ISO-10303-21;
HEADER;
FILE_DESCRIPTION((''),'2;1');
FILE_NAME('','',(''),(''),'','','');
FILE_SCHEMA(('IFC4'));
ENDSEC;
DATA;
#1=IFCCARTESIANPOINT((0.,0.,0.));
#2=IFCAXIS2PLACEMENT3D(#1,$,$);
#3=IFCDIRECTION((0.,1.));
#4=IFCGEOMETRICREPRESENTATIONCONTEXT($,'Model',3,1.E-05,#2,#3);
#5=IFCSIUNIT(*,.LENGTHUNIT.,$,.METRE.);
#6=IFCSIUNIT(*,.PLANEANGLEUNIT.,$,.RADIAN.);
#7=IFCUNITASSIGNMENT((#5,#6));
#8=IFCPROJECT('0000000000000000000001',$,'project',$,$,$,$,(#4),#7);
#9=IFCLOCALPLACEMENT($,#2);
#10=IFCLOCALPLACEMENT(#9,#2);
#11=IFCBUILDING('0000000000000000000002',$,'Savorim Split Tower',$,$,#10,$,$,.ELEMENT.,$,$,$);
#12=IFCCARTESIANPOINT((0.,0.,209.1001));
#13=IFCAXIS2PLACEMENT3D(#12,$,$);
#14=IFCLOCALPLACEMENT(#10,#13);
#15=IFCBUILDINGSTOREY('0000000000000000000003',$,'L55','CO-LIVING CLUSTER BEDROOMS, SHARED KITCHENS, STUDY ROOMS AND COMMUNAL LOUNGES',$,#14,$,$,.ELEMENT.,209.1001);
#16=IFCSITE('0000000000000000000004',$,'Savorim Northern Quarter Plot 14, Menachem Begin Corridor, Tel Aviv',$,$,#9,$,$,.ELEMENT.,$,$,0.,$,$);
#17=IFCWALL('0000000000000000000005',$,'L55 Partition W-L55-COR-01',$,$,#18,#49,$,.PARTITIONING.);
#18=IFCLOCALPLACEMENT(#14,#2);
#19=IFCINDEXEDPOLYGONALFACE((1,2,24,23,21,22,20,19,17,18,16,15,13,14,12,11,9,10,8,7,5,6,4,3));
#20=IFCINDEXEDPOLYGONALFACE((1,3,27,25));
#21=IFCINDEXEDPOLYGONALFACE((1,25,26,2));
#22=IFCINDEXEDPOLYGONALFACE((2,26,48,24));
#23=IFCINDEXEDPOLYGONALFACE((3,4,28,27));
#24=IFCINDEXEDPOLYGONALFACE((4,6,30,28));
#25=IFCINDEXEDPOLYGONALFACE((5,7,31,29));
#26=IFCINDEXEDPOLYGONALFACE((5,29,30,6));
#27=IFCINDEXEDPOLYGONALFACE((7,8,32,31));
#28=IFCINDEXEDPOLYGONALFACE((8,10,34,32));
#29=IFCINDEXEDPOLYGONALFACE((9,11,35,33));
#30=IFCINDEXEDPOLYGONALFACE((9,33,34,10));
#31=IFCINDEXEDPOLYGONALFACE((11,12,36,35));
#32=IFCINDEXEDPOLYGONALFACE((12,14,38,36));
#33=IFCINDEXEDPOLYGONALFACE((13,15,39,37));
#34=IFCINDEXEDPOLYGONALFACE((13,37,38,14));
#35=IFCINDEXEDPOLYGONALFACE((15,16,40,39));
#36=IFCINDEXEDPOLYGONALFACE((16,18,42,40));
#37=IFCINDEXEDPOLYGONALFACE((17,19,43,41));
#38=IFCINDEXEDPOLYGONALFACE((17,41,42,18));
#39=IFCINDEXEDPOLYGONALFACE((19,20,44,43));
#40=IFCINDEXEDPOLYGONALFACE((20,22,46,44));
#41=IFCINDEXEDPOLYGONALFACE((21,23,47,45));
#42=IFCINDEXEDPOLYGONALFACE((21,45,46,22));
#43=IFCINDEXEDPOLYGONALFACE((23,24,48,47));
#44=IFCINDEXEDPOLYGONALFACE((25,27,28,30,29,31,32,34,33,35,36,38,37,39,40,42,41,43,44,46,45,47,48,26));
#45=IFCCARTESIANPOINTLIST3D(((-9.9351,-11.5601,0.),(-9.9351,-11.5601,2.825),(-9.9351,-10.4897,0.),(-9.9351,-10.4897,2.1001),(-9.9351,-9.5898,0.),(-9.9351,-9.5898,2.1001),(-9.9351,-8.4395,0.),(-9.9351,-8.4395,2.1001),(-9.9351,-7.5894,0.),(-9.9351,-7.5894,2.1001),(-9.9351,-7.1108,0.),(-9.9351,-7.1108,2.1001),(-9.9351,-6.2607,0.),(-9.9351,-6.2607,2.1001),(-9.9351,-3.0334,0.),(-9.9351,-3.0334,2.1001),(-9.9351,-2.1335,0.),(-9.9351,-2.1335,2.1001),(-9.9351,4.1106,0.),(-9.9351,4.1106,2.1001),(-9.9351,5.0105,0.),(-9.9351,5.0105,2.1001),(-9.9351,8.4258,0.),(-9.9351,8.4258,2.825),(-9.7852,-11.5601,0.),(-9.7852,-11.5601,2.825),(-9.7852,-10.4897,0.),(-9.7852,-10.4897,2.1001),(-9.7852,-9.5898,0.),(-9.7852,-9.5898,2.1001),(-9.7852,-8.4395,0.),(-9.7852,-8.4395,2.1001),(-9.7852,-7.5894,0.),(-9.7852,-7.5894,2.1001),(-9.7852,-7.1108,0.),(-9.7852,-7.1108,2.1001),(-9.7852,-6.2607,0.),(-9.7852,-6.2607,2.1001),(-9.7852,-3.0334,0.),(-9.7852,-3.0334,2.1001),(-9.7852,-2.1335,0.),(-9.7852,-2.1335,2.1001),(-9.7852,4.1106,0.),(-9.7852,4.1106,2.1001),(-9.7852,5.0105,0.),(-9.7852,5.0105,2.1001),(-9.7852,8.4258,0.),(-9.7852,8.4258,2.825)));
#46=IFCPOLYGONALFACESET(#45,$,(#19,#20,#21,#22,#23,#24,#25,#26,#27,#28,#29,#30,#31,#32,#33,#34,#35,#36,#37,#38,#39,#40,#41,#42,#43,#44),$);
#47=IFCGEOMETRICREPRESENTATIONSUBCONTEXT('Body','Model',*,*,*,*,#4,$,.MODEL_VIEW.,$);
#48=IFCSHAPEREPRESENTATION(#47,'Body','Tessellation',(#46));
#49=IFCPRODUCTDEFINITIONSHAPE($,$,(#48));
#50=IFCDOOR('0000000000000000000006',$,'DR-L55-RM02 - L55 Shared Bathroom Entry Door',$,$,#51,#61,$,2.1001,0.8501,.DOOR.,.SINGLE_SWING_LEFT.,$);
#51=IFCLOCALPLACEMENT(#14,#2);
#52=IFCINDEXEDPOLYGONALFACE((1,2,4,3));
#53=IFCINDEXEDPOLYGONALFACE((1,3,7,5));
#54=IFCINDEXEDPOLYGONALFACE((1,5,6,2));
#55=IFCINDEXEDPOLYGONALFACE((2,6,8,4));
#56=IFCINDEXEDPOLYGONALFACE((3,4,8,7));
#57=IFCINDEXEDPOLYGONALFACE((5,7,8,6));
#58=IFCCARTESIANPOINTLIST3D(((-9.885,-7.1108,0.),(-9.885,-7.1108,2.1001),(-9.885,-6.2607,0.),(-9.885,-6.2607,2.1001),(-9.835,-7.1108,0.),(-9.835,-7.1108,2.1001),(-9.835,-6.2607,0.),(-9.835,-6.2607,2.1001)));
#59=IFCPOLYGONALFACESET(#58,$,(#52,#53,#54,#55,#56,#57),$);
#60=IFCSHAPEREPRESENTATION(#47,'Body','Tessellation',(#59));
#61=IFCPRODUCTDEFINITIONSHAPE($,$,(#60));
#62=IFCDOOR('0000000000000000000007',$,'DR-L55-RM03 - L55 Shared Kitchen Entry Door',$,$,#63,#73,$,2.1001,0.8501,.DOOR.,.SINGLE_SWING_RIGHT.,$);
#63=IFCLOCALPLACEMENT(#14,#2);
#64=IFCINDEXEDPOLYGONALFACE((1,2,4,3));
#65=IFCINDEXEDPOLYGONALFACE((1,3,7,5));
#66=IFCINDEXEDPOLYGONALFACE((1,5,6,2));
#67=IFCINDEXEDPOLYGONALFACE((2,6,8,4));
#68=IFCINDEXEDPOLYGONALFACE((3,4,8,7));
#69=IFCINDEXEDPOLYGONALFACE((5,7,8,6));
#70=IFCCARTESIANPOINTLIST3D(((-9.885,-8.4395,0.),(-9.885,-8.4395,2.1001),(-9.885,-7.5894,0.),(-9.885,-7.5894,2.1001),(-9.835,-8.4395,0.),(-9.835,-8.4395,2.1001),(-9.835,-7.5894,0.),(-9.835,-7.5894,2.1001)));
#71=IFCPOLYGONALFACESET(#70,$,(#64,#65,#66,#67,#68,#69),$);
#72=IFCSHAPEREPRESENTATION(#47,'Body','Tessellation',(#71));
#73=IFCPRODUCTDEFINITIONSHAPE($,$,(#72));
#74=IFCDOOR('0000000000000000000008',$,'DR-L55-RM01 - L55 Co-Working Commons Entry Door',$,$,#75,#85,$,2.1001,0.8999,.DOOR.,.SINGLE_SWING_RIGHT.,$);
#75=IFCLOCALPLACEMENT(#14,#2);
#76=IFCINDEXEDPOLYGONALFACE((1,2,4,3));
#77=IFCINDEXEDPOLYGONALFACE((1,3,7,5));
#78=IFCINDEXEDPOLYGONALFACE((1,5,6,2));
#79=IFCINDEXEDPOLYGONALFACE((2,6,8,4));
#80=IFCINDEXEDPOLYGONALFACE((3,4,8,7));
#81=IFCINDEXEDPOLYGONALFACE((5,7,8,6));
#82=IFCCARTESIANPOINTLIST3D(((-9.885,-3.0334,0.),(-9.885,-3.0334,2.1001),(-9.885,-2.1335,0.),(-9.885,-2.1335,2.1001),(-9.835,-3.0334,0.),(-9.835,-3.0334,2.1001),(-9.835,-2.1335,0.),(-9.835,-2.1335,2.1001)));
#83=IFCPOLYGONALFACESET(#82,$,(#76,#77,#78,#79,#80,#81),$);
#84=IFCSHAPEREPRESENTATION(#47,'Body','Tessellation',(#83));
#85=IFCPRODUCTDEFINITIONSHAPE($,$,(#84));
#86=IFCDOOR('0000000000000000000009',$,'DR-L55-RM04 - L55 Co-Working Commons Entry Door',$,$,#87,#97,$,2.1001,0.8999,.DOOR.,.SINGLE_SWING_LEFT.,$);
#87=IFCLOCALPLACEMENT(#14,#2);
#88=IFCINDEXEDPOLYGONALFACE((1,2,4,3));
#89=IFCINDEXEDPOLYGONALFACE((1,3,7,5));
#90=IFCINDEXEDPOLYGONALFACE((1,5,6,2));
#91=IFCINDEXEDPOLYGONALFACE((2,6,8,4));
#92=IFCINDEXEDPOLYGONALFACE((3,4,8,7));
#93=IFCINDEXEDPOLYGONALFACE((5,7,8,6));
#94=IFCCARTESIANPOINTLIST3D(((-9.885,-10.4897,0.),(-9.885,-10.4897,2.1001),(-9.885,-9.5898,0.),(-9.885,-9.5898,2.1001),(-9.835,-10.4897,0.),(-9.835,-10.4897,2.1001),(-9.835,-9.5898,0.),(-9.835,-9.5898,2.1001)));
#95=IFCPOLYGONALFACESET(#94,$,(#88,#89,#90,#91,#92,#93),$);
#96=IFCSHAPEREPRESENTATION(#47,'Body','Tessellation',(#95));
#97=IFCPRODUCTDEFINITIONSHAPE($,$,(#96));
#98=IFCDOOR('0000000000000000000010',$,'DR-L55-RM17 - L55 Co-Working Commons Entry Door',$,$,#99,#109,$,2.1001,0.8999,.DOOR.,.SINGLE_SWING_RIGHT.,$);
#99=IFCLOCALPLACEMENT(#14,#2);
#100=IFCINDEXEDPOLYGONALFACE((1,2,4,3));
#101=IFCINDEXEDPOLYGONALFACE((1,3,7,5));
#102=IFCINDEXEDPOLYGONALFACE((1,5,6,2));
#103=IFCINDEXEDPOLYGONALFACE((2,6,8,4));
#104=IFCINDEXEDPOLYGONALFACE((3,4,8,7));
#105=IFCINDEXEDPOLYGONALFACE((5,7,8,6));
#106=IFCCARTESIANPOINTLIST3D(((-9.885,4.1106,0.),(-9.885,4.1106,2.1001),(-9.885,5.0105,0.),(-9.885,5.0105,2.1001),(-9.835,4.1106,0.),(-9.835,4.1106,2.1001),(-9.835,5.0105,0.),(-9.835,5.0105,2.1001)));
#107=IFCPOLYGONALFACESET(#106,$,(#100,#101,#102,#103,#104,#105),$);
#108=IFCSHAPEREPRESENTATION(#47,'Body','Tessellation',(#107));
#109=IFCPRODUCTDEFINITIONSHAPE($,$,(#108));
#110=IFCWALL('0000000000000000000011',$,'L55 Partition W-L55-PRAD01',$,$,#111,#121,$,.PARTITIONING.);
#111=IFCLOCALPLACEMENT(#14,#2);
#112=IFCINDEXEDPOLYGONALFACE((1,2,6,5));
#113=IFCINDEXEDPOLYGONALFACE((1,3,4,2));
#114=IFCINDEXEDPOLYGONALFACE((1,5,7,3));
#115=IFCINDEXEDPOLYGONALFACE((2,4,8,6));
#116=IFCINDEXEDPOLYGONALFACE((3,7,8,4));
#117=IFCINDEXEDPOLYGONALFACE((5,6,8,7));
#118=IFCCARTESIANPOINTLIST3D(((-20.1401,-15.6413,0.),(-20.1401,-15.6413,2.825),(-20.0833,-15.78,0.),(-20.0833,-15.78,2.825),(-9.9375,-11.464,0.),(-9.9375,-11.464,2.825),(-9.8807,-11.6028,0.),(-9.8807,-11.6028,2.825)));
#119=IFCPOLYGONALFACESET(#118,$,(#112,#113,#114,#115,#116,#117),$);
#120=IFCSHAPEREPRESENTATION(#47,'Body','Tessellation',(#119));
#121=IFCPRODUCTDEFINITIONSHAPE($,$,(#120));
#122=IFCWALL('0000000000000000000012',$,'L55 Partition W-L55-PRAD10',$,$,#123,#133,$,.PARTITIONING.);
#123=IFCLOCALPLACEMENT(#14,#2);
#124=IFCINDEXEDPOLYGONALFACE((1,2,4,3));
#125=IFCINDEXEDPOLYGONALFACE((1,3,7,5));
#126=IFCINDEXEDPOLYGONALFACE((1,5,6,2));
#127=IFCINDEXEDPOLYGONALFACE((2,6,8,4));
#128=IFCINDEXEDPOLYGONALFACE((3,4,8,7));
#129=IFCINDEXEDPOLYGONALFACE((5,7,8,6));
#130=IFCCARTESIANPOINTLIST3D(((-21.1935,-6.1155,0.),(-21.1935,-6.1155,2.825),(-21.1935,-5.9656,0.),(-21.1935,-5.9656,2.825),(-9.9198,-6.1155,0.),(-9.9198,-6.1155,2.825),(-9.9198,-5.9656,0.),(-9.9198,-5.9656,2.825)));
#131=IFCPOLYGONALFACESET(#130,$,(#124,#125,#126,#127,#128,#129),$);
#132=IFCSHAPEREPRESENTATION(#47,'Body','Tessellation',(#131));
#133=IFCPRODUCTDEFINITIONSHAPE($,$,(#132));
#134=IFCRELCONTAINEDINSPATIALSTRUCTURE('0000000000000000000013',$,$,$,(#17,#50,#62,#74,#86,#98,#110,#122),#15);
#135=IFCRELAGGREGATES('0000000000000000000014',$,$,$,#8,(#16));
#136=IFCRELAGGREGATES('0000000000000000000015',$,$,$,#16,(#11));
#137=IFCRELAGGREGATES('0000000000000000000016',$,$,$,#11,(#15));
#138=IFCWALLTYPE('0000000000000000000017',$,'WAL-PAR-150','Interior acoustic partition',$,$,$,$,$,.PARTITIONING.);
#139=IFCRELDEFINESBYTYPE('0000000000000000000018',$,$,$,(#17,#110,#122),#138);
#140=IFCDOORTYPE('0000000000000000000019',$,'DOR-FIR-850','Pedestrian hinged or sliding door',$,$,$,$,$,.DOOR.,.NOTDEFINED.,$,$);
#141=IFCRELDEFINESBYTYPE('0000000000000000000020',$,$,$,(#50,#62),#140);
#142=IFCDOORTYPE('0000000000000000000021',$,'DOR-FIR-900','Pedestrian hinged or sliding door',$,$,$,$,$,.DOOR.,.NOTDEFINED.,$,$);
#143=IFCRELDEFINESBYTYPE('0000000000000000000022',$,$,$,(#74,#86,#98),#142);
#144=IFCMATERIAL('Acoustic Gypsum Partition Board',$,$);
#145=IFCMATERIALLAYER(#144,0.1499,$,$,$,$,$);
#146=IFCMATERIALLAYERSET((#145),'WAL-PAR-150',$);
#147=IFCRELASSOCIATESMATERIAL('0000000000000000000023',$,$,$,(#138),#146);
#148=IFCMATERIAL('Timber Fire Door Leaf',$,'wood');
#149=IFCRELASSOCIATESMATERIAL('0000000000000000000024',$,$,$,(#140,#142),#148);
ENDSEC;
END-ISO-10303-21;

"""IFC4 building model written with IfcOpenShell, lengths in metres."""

from ifc_helpers import new_model, si_unit, direction, frame, frame_2d, origin, place, context, subcontext, project, spatial, rectangle, extrude, material, layer, layer_set, type_object, element, fill, save


model = new_model("IFC4")

# Units and contexts
model_context = context("Model", 3, precision=1e-05, world=origin(), true_north=direction((0.0, 1.0)))
body_context = subcontext(model_context, "Body", "Model", "MODEL_VIEW")
ifc_project = project(units=[si_unit("LENGTHUNIT", "METRE"), si_unit("PLANEANGLEUNIT", "RADIAN")], contexts=[model_context])

# Site, building, storey
site_placement = place(None, origin())
site = spatial("IfcSite", under=ifc_project, at=site_placement, Name="Savorim Northern Quarter Plot 14, Menachem Begin Corridor, Tel Aviv", CompositionType="ELEMENT", RefElevation=0.0)
building_placement = place(site_placement, origin())
building = spatial("IfcBuilding", under=site, at=building_placement, Name="Savorim Split Tower", CompositionType="ELEMENT")
storey_placement = place(building_placement, frame((0.0, 0.0, 209.1001)))
storey = spatial("IfcBuildingStorey", under=building, at=storey_placement, Name="L55", Description="CO-LIVING CLUSTER BEDROOMS, SHARED KITCHENS, STUDY ROOMS AND COMMUNAL LOUNGES", CompositionType="ELEMENT", Elevation=209.1001)

# Shared definitions
ifc_material_1 = material(Name="Timber Fire Door Leaf", Category="wood")

# Shared definitions
ifc_material_2 = material(Name="Acoustic Gypsum Partition Board")
ifc_layer_1 = layer(ifc_material_2, 0.1499)
ifc_layer_set_1 = layer_set([ifc_layer_1], Name="WAL-PAR-150")
wall_type_1 = type_object("IfcWallType", Name="WAL-PAR-150", Description="Interior acoustic partition", PredefinedType="PARTITIONING", material=ifc_layer_set_1)

# Wall, openings, doors
wall_1_placement = place(storey_placement, frame((-9.8601, -11.5601, 0.0), z_axis=(0.0, 0.0, 1.0), x_axis=(0.0, 1.0, 0.0)))
wall_1 = element("IfcWall", 1, at=wall_1_placement, inside=storey, type_object=wall_type_1, Name="L55 Partition W-L55-COR-01", PredefinedType="PARTITIONING", context=body_context, shape_type="SweptSolid", body=[
    extrude(rectangle(XDim=19.9858, YDim=0.1499, at=frame_2d((9.9929, 0.0))), origin(), (0.0, 0.0, 1.0), 2.825),
])
opening_1_placement = place(wall_1_placement, frame((8.5266, 0.0, 0.0)))
opening_1 = element("IfcOpeningElement", 2, at=opening_1_placement, cuts=wall_1, PredefinedType="OPENING", context=body_context, shape_type="SweptSolid", body=[
    extrude(rectangle(XDim=0.8999, YDim=2.1001, at=frame_2d((0.45, 1.05))), frame((0.0, 0.085, 0.0), z_axis=(0.0, -1.0, 0.0), x_axis=(1.0, 0.0, 0.0)), (0.0, 0.0, 1.0), 0.1699),
])
opening_2_placement = place(wall_1_placement, frame((4.4492, 0.0, 0.0)))
opening_2 = element("IfcOpeningElement", 3, at=opening_2_placement, cuts=wall_1, PredefinedType="OPENING", context=body_context, shape_type="SweptSolid", body=[
    extrude(rectangle(XDim=0.8501, YDim=2.1001, at=frame_2d((0.425, 1.05))), frame((0.0, 0.085, 0.0), z_axis=(0.0, -1.0, 0.0), x_axis=(1.0, 0.0, 0.0)), (0.0, 0.0, 1.0), 0.1699),
])
opening_3_placement = place(wall_1_placement, frame((3.1206, 0.0, 0.0)))
opening_3 = element("IfcOpeningElement", 4, at=opening_3_placement, cuts=wall_1, PredefinedType="OPENING", context=body_context, shape_type="SweptSolid", body=[
    extrude(rectangle(XDim=0.8501, YDim=2.1001, at=frame_2d((0.425, 1.05))), frame((0.0, 0.085, 0.0), z_axis=(0.0, -1.0, 0.0), x_axis=(1.0, 0.0, 0.0)), (0.0, 0.0, 1.0), 0.1699),
])
opening_4_placement = place(wall_1_placement, frame((1.0703, 0.0, 0.0)))
opening_4 = element("IfcOpeningElement", 5, at=opening_4_placement, cuts=wall_1, PredefinedType="OPENING", context=body_context, shape_type="SweptSolid", body=[
    extrude(rectangle(XDim=0.8999, YDim=2.1001, at=frame_2d((0.45, 1.05))), frame((0.0, 0.085, 0.0), z_axis=(0.0, -1.0, 0.0), x_axis=(1.0, 0.0, 0.0)), (0.0, 0.0, 1.0), 0.1699),
])
opening_5_placement = place(wall_1_placement, frame((15.6707, 0.0, 0.0)))
opening_5 = element("IfcOpeningElement", 6, at=opening_5_placement, cuts=wall_1, PredefinedType="OPENING", context=body_context, shape_type="SweptSolid", body=[
    extrude(rectangle(XDim=0.8999, YDim=2.1001, at=frame_2d((0.45, 1.05))), frame((0.0, 0.085, 0.0), z_axis=(0.0, -1.0, 0.0), x_axis=(1.0, 0.0, 0.0)), (0.0, 0.0, 1.0), 0.1699),
])
door_type_1 = type_object("IfcDoorType", Name="DOR-FIR-850", Description="Pedestrian hinged or sliding door", OperationType="NOTDEFINED", PredefinedType="DOOR", material=ifc_material_1)
door_1_placement = place(opening_2_placement, origin())
door_1 = element("IfcDoor", 7, at=door_1_placement, inside=storey, type_object=door_type_1, Name="DR-L55-RM02 - L55 Shared Bathroom Entry Door", OperationType="SINGLE_SWING_LEFT", OverallHeight=2.1001, OverallWidth=0.8501, PredefinedType="DOOR", context=body_context, shape_type="SweptSolid", body=[
    extrude(rectangle(XDim=0.8501, YDim=2.1001, at=frame_2d((0.425, 1.05))), frame((0.0, 0.0249, 0.0), z_axis=(0.0, -1.0, 0.0), x_axis=(1.0, 0.0, 0.0)), (0.0, 0.0, 1.0), 0.05),
])
fill(opening_2, door_1)
door_2_placement = place(opening_3_placement, origin())
door_2 = element("IfcDoor", 8, at=door_2_placement, inside=storey, type_object=door_type_1, Name="DR-L55-RM03 - L55 Shared Kitchen Entry Door", OperationType="SINGLE_SWING_RIGHT", OverallHeight=2.1001, OverallWidth=0.8501, PredefinedType="DOOR", context=body_context, shape_type="SweptSolid", body=[
    extrude(rectangle(XDim=0.8501, YDim=2.1001, at=frame_2d((0.425, 1.05))), frame((0.0, 0.0249, 0.0), z_axis=(0.0, -1.0, 0.0), x_axis=(1.0, 0.0, 0.0)), (0.0, 0.0, 1.0), 0.05),
])
fill(opening_3, door_2)
door_type_2 = type_object("IfcDoorType", Name="DOR-FIR-900", Description="Pedestrian hinged or sliding door", OperationType="NOTDEFINED", PredefinedType="DOOR", material=ifc_material_1)
door_3_placement = place(opening_1_placement, origin())
door_3 = element("IfcDoor", 9, at=door_3_placement, inside=storey, type_object=door_type_2, Name="DR-L55-RM01 - L55 Co-Working Commons Entry Door", OperationType="SINGLE_SWING_RIGHT", OverallHeight=2.1001, OverallWidth=0.8999, PredefinedType="DOOR", context=body_context, shape_type="SweptSolid", body=[
    extrude(rectangle(XDim=0.8999, YDim=2.1001, at=frame_2d((0.45, 1.05))), frame((0.0, 0.0249, 0.0), z_axis=(0.0, -1.0, 0.0), x_axis=(1.0, 0.0, 0.0)), (0.0, 0.0, 1.0), 0.05),
])
fill(opening_1, door_3)
door_4_placement = place(opening_4_placement, origin())
door_4 = element("IfcDoor", 10, at=door_4_placement, inside=storey, type_object=door_type_2, Name="DR-L55-RM04 - L55 Co-Working Commons Entry Door", OperationType="SINGLE_SWING_LEFT", OverallHeight=2.1001, OverallWidth=0.8999, PredefinedType="DOOR", context=body_context, shape_type="SweptSolid", body=[
    extrude(rectangle(XDim=0.8999, YDim=2.1001, at=frame_2d((0.45, 1.05))), frame((0.0, 0.0249, 0.0), z_axis=(0.0, -1.0, 0.0), x_axis=(1.0, 0.0, 0.0)), (0.0, 0.0, 1.0), 0.05),
])
fill(opening_4, door_4)
door_5_placement = place(opening_5_placement, origin())
door_5 = element("IfcDoor", 11, at=door_5_placement, inside=storey, type_object=door_type_2, Name="DR-L55-RM17 - L55 Co-Working Commons Entry Door", OperationType="SINGLE_SWING_RIGHT", OverallHeight=2.1001, OverallWidth=0.8999, PredefinedType="DOOR", context=body_context, shape_type="SweptSolid", body=[
    extrude(rectangle(XDim=0.8999, YDim=2.1001, at=frame_2d((0.45, 1.05))), frame((0.0, 0.0249, 0.0), z_axis=(0.0, -1.0, 0.0), x_axis=(1.0, 0.0, 0.0)), (0.0, 0.0, 1.0), 0.05),
])
fill(opening_5, door_5)

# Walls
wall_2_placement = place(storey_placement, frame((-9.9092, -11.5334, 0.0), z_axis=(0.0, 0.0, 1.0), x_axis=(-0.925438, -0.3789, 0.0)))
element("IfcWall", 12, at=wall_2_placement, inside=storey, type_object=wall_type_1, Name="L55 Partition W-L55-PRAD01", PredefinedType="PARTITIONING", context=body_context, shape_type="SweptSolid", body=[
    extrude(rectangle(XDim=11.0247, YDim=0.1499, at=frame_2d((5.5122, 0.0))), origin(), (0.0, 0.0, 1.0), 2.825),
])
wall_3_placement = place(storey_placement, frame((-9.9199, -6.0405, 0.0), z_axis=(0.0, 0.0, 1.0), x_axis=(-1.0, 0.0, 0.0)))
element("IfcWall", 13, at=wall_3_placement, inside=storey, type_object=wall_type_1, Name="L55 Partition W-L55-PRAD10", PredefinedType="PARTITIONING", context=body_context, shape_type="SweptSolid", body=[
    extrude(rectangle(XDim=11.2737, YDim=0.1499, at=frame_2d((5.6367, 0.0))), origin(), (0.0, 0.0, 1.0), 2.825),
])

save(model, "model.ifc")
